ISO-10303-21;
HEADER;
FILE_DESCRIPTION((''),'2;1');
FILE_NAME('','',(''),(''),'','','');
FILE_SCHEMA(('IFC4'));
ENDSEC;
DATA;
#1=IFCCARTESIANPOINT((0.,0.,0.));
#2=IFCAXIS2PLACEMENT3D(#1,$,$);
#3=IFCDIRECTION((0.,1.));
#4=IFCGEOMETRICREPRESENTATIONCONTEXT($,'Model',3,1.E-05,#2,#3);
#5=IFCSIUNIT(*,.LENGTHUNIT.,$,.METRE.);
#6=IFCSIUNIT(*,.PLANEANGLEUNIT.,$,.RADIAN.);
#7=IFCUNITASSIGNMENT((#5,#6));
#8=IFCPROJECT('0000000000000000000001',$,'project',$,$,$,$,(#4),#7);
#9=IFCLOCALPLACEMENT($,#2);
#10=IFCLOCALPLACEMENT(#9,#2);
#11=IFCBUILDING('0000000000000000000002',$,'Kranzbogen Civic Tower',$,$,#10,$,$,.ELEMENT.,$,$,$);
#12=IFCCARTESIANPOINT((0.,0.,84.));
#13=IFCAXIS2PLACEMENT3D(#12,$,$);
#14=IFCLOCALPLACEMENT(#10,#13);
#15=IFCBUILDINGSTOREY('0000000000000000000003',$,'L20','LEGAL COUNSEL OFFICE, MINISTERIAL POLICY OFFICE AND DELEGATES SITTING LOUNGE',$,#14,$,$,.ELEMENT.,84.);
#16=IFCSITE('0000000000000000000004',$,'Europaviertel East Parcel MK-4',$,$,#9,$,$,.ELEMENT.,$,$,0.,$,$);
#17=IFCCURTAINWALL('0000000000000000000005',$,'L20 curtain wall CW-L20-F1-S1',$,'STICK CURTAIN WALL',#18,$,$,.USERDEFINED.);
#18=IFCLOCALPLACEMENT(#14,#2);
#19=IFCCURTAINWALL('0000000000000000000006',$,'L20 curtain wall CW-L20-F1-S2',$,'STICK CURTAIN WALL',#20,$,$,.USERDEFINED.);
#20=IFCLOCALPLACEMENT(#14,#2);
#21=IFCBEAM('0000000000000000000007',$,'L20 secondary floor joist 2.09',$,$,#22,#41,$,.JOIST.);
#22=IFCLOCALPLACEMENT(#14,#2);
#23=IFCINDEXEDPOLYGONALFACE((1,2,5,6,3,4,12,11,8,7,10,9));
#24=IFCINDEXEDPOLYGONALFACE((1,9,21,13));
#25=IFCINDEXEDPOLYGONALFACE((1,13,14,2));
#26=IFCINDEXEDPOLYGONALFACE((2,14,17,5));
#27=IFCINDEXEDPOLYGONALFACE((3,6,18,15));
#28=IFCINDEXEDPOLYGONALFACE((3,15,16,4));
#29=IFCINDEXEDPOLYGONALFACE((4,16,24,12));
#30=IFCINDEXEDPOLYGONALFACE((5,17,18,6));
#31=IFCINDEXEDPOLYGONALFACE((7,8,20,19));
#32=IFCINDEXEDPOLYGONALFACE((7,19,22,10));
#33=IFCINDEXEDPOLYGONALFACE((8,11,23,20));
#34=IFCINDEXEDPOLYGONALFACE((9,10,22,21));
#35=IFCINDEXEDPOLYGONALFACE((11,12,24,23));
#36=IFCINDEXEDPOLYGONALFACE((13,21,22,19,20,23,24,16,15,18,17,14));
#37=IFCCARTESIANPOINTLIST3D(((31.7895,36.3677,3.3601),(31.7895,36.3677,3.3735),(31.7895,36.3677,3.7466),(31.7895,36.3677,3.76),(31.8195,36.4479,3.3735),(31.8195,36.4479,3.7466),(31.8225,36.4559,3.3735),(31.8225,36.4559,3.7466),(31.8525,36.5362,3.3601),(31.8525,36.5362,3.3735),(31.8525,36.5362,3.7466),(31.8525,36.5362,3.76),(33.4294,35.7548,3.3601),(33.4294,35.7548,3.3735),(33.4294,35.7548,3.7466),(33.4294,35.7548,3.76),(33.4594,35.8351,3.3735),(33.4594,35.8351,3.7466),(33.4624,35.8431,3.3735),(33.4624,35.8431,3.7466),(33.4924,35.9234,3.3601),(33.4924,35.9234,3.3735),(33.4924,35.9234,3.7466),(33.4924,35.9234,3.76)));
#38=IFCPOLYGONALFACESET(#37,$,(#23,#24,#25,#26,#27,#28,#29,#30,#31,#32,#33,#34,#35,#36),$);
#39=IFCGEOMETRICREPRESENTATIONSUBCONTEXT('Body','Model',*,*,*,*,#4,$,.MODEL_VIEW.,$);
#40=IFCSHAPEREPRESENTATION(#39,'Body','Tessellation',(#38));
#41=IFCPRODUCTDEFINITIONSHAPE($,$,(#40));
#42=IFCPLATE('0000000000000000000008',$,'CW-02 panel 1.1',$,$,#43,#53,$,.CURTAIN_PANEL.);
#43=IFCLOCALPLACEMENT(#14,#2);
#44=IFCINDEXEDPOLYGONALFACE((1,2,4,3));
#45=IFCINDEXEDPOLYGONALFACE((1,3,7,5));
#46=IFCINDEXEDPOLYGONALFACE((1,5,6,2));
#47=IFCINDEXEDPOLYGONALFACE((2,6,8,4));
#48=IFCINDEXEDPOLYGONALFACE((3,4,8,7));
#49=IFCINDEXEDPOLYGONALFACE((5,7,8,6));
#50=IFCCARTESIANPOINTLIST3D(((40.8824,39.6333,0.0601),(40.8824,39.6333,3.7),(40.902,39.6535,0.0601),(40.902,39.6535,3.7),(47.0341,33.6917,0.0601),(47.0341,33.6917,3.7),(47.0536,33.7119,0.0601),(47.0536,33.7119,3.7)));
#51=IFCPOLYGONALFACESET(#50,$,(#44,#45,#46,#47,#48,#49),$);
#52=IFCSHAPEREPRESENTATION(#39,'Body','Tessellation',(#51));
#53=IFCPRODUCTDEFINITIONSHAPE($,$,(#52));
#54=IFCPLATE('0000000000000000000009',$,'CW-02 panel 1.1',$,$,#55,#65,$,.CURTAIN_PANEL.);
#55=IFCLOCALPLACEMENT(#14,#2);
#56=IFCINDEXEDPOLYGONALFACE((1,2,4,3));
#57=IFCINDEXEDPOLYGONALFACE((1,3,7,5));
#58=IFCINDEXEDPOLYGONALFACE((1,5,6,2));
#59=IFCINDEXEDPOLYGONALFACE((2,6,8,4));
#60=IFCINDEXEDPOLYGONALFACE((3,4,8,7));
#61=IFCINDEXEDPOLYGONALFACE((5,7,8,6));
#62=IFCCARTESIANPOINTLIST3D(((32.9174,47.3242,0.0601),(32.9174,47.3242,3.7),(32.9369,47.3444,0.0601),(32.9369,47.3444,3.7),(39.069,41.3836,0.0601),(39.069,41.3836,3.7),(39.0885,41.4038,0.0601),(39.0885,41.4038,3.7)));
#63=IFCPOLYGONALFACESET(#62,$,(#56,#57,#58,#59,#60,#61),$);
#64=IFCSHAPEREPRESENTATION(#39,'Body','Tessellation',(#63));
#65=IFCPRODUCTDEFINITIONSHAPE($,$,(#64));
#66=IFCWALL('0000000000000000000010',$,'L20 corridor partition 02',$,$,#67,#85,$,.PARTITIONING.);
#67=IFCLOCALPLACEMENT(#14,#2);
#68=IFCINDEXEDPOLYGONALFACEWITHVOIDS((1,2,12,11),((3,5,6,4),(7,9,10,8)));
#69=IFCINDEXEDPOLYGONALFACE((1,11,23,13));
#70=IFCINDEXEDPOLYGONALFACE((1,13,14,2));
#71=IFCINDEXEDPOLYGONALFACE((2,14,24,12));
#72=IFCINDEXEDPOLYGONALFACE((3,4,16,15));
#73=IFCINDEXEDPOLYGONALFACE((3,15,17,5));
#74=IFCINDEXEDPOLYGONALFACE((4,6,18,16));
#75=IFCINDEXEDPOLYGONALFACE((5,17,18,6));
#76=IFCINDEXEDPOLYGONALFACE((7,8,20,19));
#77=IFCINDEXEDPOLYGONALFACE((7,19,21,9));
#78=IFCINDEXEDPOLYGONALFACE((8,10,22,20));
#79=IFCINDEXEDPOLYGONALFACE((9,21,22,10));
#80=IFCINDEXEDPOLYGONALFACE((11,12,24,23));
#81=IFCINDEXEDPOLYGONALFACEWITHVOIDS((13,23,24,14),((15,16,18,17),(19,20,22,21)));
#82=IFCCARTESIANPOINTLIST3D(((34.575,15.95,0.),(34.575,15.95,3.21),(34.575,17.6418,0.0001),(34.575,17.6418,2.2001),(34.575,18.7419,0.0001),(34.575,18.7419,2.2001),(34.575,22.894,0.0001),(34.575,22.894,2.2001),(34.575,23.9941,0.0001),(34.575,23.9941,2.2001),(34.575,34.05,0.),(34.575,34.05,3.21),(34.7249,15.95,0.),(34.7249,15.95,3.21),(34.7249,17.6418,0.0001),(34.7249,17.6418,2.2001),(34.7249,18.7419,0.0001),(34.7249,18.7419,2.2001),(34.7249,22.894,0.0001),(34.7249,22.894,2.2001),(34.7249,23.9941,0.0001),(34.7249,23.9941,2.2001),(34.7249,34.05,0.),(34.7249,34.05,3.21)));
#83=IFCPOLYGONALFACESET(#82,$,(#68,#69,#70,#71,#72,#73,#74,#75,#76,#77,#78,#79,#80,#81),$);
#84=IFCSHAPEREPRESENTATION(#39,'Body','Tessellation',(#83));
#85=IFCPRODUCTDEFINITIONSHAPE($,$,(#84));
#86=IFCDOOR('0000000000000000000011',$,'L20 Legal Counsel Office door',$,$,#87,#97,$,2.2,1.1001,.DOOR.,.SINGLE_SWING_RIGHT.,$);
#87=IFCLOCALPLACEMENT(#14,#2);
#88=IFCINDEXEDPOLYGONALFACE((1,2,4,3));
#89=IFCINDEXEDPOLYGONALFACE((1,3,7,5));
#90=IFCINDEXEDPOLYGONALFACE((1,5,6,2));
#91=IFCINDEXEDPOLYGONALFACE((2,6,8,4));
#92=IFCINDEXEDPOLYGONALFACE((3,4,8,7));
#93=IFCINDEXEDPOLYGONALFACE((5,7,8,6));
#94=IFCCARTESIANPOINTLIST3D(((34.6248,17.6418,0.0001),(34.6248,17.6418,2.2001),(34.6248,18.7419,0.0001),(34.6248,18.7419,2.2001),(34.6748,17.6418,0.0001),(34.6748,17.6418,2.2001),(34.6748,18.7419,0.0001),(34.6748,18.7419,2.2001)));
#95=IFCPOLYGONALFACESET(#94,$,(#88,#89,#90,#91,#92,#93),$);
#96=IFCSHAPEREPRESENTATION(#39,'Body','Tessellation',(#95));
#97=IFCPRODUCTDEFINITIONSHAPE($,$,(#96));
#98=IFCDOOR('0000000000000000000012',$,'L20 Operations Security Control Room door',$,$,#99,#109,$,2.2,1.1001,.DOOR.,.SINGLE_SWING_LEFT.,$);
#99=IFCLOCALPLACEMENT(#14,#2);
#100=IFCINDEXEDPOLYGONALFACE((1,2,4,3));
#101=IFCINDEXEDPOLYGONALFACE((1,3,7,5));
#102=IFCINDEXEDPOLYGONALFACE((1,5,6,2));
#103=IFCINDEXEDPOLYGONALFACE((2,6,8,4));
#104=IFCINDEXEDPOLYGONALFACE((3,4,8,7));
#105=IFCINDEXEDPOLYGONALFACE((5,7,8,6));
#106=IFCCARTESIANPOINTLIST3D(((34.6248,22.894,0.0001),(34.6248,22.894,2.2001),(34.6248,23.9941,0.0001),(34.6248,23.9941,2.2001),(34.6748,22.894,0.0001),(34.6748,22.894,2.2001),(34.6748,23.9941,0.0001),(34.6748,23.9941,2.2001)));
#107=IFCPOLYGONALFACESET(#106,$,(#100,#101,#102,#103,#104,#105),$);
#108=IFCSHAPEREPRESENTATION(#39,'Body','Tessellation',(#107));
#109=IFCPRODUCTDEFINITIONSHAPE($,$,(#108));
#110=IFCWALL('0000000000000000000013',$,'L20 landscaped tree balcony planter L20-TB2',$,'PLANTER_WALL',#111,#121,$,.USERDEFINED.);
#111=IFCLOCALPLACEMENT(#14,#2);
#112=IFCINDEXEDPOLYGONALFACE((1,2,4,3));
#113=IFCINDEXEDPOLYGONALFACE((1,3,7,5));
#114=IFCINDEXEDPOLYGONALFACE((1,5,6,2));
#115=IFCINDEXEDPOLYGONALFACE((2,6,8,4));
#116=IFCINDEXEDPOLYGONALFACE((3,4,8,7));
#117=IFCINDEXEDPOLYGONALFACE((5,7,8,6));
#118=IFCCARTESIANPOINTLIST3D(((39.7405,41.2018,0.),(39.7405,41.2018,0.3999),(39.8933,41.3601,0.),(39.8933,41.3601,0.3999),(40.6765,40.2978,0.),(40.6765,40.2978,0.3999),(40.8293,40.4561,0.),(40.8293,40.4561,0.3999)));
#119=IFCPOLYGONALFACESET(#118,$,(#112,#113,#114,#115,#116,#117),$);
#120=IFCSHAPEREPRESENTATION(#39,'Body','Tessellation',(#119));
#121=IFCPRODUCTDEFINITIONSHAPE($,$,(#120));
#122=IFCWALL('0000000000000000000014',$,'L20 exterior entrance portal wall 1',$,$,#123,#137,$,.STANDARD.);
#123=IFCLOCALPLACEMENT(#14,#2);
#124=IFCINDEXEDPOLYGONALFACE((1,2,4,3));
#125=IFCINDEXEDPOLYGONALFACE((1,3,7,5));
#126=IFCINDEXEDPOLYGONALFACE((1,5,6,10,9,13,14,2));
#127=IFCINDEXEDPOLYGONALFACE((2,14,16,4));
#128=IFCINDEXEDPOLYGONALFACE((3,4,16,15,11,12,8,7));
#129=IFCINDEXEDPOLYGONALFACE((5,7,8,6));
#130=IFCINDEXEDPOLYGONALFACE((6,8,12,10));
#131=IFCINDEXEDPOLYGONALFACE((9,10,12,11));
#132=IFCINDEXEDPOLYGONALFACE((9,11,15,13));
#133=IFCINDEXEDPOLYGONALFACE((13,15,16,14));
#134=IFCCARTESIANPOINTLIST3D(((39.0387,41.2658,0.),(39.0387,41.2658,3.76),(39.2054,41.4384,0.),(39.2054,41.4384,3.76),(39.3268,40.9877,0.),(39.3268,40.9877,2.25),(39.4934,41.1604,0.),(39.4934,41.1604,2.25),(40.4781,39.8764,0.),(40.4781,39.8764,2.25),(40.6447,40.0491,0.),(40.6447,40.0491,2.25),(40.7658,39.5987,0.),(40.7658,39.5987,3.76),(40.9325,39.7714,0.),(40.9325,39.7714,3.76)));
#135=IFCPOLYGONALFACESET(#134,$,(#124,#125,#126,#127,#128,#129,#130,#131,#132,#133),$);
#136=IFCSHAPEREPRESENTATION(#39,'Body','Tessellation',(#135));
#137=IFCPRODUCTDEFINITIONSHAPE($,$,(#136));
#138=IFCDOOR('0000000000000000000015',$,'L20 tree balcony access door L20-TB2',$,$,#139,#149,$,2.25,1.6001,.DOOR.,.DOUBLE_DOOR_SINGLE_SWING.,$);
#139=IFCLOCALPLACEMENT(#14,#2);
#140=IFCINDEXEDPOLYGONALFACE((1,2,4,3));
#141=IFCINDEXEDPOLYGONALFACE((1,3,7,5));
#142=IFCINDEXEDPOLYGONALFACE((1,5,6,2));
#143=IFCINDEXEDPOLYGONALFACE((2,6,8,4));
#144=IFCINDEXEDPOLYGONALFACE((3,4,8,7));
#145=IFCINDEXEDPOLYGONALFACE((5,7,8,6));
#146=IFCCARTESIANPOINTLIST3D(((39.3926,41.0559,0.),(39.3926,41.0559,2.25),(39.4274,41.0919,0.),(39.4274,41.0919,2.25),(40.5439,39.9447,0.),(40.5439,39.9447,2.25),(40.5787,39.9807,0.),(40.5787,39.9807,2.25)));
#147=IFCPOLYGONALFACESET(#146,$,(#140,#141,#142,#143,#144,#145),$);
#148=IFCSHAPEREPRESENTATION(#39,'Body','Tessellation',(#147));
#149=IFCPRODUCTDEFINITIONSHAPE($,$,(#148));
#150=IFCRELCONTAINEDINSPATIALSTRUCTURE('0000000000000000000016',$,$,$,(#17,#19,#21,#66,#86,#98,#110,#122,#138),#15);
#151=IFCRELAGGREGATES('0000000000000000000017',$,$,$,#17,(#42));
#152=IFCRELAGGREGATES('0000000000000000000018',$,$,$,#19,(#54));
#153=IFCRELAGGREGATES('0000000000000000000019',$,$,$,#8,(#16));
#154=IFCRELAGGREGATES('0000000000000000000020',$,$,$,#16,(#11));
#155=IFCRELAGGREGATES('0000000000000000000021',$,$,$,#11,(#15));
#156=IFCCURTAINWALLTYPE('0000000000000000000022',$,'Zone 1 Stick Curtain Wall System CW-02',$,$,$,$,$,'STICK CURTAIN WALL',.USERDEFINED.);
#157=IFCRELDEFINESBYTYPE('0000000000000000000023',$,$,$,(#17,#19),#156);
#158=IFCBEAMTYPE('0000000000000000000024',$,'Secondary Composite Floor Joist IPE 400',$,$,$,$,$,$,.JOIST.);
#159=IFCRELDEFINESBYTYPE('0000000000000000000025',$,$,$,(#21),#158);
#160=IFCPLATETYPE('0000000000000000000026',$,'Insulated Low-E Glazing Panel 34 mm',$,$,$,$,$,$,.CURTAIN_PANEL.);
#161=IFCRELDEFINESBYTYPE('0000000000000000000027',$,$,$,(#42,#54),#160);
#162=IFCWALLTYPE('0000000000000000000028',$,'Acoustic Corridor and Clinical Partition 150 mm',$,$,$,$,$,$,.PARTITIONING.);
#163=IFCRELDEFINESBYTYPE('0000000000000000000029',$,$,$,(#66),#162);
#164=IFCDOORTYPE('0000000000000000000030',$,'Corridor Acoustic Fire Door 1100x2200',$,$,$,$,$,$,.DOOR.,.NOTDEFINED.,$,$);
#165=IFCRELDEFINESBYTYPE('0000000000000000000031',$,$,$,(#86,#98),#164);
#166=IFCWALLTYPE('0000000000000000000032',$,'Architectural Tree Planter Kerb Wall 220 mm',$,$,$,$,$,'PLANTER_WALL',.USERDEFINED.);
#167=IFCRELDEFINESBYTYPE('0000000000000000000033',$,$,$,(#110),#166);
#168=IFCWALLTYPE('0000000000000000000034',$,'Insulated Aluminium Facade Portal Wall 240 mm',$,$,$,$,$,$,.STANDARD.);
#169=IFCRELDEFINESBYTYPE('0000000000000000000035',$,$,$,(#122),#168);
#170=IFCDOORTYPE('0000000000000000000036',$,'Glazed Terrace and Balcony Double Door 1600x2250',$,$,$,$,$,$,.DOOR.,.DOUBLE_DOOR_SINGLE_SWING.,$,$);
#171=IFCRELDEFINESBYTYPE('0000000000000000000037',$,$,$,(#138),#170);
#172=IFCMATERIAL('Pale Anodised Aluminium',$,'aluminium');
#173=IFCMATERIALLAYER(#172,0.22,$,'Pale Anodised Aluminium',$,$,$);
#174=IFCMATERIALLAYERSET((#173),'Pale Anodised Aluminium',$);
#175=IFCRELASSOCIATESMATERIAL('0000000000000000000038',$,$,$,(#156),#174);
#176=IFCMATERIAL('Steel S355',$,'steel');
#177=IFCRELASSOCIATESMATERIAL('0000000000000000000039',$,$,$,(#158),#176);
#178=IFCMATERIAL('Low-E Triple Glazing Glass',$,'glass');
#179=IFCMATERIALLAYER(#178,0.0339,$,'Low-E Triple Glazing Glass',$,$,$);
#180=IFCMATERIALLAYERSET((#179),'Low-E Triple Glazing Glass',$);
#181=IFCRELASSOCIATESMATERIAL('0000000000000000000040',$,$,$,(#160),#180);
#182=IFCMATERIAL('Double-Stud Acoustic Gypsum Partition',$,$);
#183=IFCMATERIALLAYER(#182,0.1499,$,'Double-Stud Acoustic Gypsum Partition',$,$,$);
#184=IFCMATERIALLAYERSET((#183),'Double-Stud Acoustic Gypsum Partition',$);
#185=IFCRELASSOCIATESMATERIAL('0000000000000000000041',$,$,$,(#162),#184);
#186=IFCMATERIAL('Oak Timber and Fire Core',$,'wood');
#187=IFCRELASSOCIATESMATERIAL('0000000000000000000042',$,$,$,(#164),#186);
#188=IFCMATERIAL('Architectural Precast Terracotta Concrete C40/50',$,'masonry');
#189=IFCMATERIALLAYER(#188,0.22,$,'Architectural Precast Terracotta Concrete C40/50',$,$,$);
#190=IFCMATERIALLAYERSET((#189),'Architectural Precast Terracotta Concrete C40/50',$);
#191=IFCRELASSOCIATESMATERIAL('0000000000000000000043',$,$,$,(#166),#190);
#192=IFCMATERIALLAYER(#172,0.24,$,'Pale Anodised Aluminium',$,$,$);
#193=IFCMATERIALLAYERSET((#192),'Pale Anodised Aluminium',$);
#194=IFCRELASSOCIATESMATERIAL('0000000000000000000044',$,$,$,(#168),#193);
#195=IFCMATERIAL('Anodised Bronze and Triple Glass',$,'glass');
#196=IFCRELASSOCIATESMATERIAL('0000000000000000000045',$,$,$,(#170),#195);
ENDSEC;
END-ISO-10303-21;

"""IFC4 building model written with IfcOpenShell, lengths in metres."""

from ifc_helpers import new_model, si_unit, direction, frame, frame_2d, origin, origin_2d, place, context, subcontext, project, spatial, rectangle, i_section, extrude, material, layer, layer_set, material_profile, profile_set, type_object, element, fill, aggregate, save


model = new_model("IFC4")

# Units and contexts
model_context = context("Model", 3, precision=1e-05, world=origin(), true_north=direction((0.0, 1.0)))
body_context = subcontext(model_context, "Body", "Model", "MODEL_VIEW")
ifc_project = project(units=[si_unit("LENGTHUNIT", "METRE"), si_unit("PLANEANGLEUNIT", "RADIAN")], contexts=[model_context])

# Site, building, storey
site_placement = place(None, origin())
site = spatial("IfcSite", under=ifc_project, at=site_placement, Name="Europaviertel East Parcel MK-4", CompositionType="ELEMENT", RefElevation=0.0)
building_placement = place(site_placement, origin())
building = spatial("IfcBuilding", under=site, at=building_placement, Name="Kranzbogen Civic Tower", CompositionType="ELEMENT")
storey_placement = place(building_placement, frame((0.0, 0.0, 84.0)))
storey = spatial("IfcBuildingStorey", under=building, at=storey_placement, Name="L20", Description="LEGAL COUNSEL OFFICE, MINISTERIAL POLICY OFFICE AND DELEGATES SITTING LOUNGE", CompositionType="ELEMENT", Elevation=84.0)

# Shared definitions
ifc_material_1 = material(Name="Steel S355", Category="steel")

# Curtain wall
ifc_material_2 = material(Name="Pale Anodised Aluminium", Category="aluminium")
ifc_layer_1 = layer(ifc_material_2, 0.22, Name="Pale Anodised Aluminium")
ifc_layer_set_1 = layer_set([ifc_layer_1], Name="Pale Anodised Aluminium")
curtain_wall_type = type_object("IfcCurtainWallType", Name="Zone 1 Stick Curtain Wall System CW-02", ElementType="STICK CURTAIN WALL", PredefinedType="USERDEFINED", material=ifc_layer_set_1)
curtain_wall_1_placement = place(storey_placement, origin())
curtain_wall_1 = element("IfcCurtainWall", 1, at=curtain_wall_1_placement, inside=storey, type_object=curtain_wall_type, Name="L20 curtain wall CW-L20-F1-S1", ObjectType="STICK CURTAIN WALL", PredefinedType="USERDEFINED")

# Curtain wall
curtain_wall_2_placement = place(storey_placement, origin())
curtain_wall_2 = element("IfcCurtainWall", 2, at=curtain_wall_2_placement, inside=storey, type_object=curtain_wall_type, Name="L20 curtain wall CW-L20-F1-S2", ObjectType="STICK CURTAIN WALL", PredefinedType="USERDEFINED")

# Beam
ifc_material_profile_1 = material_profile(ifc_material_1, i_section(OverallWidth=0.1799, OverallDepth=0.3999, WebThickness=0.0085, FlangeThickness=0.0134, at=origin_2d()), Name="IPE 400")
ifc_profile_set_1 = profile_set([ifc_material_profile_1], Name="Steel S355")
beam_type_1 = type_object("IfcBeamType", Name="Secondary Composite Floor Joist IPE 400", PredefinedType="JOIST", material=ifc_profile_set_1)
beam_1_placement = place(storey_placement, frame((33.4609, 35.8391, 3.5601), z_axis=(-0.936735, 0.350038, 0.0), x_axis=(-0.350038, -0.936735, 0.0)))
element("IfcBeam", 3, at=beam_1_placement, inside=storey, type_object=beam_type_1, Name="L20 secondary floor joist 2.09", PredefinedType="JOIST", context=body_context, shape_type="SweptSolid", body=[
    extrude(i_section(OverallWidth=0.1799, OverallDepth=0.3999, WebThickness=0.0085, FlangeThickness=0.0134, at=origin_2d()), origin(), (0.0, 0.0, 1.0), 1.7507),
])

# Plates
ifc_material_3 = material(Name="Low-E Triple Glazing Glass", Category="glass")
ifc_layer_2 = layer(ifc_material_3, 0.0339, Name="Low-E Triple Glazing Glass")
ifc_layer_set_2 = layer_set([ifc_layer_2], Name="Low-E Triple Glazing Glass")
plate_type = type_object("IfcPlateType", Name="Insulated Low-E Glazing Panel 34 mm", PredefinedType="CURTAIN_PANEL", material=ifc_layer_set_2)
plate_1_placement = place(storey_placement, frame((43.968, 36.6726, 0.0601), z_axis=(0.0, 0.0, 1.0), x_axis=(-0.71928, 0.69472, 0.0)))
plate_1 = element("IfcPlate", 4, at=plate_1_placement, type_object=plate_type, Name="CW-02 panel 1.1", PredefinedType="CURTAIN_PANEL", context=body_context, shape_type="SweptSolid", body=[
    extrude(rectangle(XDim=8.5525, YDim=0.0281, at=origin_2d()), origin(), (0.0, 0.0, 1.0), 3.6399),
])
aggregate(curtain_wall_1, [plate_1])
plate_2_placement = place(storey_placement, frame((36.0029, 44.364, 0.0601), z_axis=(0.0, 0.0, 1.0), x_axis=(-0.719338, 0.69466, 0.0)))
plate_2 = element("IfcPlate", 5, at=plate_2_placement, type_object=plate_type, Name="CW-02 panel 1.1", PredefinedType="CURTAIN_PANEL", context=body_context, shape_type="SweptSolid", body=[
    extrude(rectangle(XDim=8.5518, YDim=0.0281, at=origin_2d()), origin(), (0.0, 0.0, 1.0), 3.6399),
])
aggregate(curtain_wall_2, [plate_2])

# Wall, openings, doors
ifc_material_4 = material(Name="Double-Stud Acoustic Gypsum Partition")
ifc_layer_3 = layer(ifc_material_4, 0.1499, Name="Double-Stud Acoustic Gypsum Partition")
ifc_layer_set_3 = layer_set([ifc_layer_3], Name="Double-Stud Acoustic Gypsum Partition")
wall_type_1 = type_object("IfcWallType", Name="Acoustic Corridor and Clinical Partition 150 mm", PredefinedType="PARTITIONING", material=ifc_layer_set_3)
wall_1_placement = place(storey_placement, frame((34.6499, 34.05, 0.0), z_axis=(0.0, 0.0, 1.0), x_axis=(0.0, -1.0, 0.0)))
wall_1 = element("IfcWall", 6, at=wall_1_placement, inside=storey, type_object=wall_type_1, Name="L20 corridor partition 02", PredefinedType="PARTITIONING", context=body_context, shape_type="SweptSolid", body=[
    extrude(rectangle(XDim=18.1001, YDim=0.1499, at=frame_2d((9.05, 0.0))), origin(), (0.0, 0.0, 1.0), 3.21),
])
opening_1_placement = place(wall_1_placement, frame((15.3081, 0.0, 0.0)))
opening_1 = element("IfcOpeningElement", 7, at=opening_1_placement, cuts=wall_1, PredefinedType="OPENING", context=body_context, shape_type="SweptSolid", body=[
    extrude(rectangle(XDim=1.1001, YDim=2.2, at=frame_2d((0.55, 1.1001))), frame((0.0, 0.085, 0.0), z_axis=(0.0, -1.0, 0.0), x_axis=(1.0, 0.0, 0.0)), (0.0, 0.0, 1.0), 0.1699),
])
opening_2_placement = place(wall_1_placement, frame((10.0559, 0.0, 0.0)))
opening_2 = element("IfcOpeningElement", 8, at=opening_2_placement, cuts=wall_1, PredefinedType="OPENING", context=body_context, shape_type="SweptSolid", body=[
    extrude(rectangle(XDim=1.1001, YDim=2.2, at=frame_2d((0.55, 1.1001))), frame((0.0, 0.085, 0.0), z_axis=(0.0, -1.0, 0.0), x_axis=(1.0, 0.0, 0.0)), (0.0, 0.0, 1.0), 0.1699),
])
ifc_material_5 = material(Name="Oak Timber and Fire Core", Category="wood")
door_type_1 = type_object("IfcDoorType", Name="Corridor Acoustic Fire Door 1100x2200", OperationType="NOTDEFINED", PredefinedType="DOOR", material=ifc_material_5)
door_1_placement = place(opening_1_placement, origin())
door_1 = element("IfcDoor", 9, at=door_1_placement, inside=storey, type_object=door_type_1, Name="L20 Legal Counsel Office door", OperationType="SINGLE_SWING_RIGHT", OverallHeight=2.2, OverallWidth=1.1001, PredefinedType="DOOR", context=body_context, shape_type="SweptSolid", body=[
    extrude(rectangle(XDim=1.1001, YDim=2.2, at=frame_2d((0.55, 1.1001))), frame((0.0, 0.0249, 0.0), z_axis=(0.0, -1.0, 0.0), x_axis=(1.0, 0.0, 0.0)), (0.0, 0.0, 1.0), 0.05),
])
fill(opening_1, door_1)
door_2_placement = place(opening_2_placement, origin())
door_2 = element("IfcDoor", 10, at=door_2_placement, inside=storey, type_object=door_type_1, Name="L20 Operations Security Control Room door", OperationType="SINGLE_SWING_LEFT", OverallHeight=2.2, OverallWidth=1.1001, PredefinedType="DOOR", context=body_context, shape_type="SweptSolid", body=[
    extrude(rectangle(XDim=1.1001, YDim=2.2, at=frame_2d((0.55, 1.1001))), frame((0.0, 0.0249, 0.0), z_axis=(0.0, -1.0, 0.0), x_axis=(1.0, 0.0, 0.0)), (0.0, 0.0, 1.0), 0.05),
])
fill(opening_2, door_2)

# Wall
ifc_material_6 = material(Name="Architectural Precast Terracotta Concrete C40/50", Category="masonry")
ifc_layer_4 = layer(ifc_material_6, 0.22, Name="Architectural Precast Terracotta Concrete C40/50")
ifc_layer_set_4 = layer_set([ifc_layer_4], Name="Architectural Precast Terracotta Concrete C40/50")
wall_type_2 = type_object("IfcWallType", Name="Architectural Tree Planter Kerb Wall 220 mm", ElementType="PLANTER_WALL", PredefinedType="USERDEFINED", material=ifc_layer_set_4)
wall_2_placement = place(storey_placement, frame((40.7529, 40.377, 0.0), z_axis=(0.0, 0.0, 1.0), x_axis=(-0.719288, 0.694712, 0.0)))
element("IfcWall", 11, at=wall_2_placement, inside=storey, type_object=wall_type_2, Name="L20 landscaped tree balcony planter L20-TB2", ObjectType="PLANTER_WALL", PredefinedType="USERDEFINED", context=body_context, shape_type="SweptSolid", body=[
    extrude(rectangle(XDim=1.3013, YDim=0.22, at=frame_2d((0.6506, 0.0))), origin(), (0.0, 0.0, 1.0), 0.3999),
])

# Wall, opening, door
ifc_layer_5 = layer(ifc_material_2, 0.24, Name="Pale Anodised Aluminium")
ifc_layer_set_5 = layer_set([ifc_layer_5], Name="Pale Anodised Aluminium")
wall_type_3 = type_object("IfcWallType", Name="Insulated Aluminium Facade Portal Wall 240 mm", PredefinedType="STANDARD", material=ifc_layer_set_5)
wall_3_placement = place(storey_placement, frame((40.8491, 39.6851, 0.0), z_axis=(0.0, 0.0, 1.0), x_axis=(-0.719507, 0.694486, 0.0)))
wall_3 = element("IfcWall", 12, at=wall_3_placement, inside=storey, type_object=wall_type_3, Name="L20 exterior entrance portal wall 1", PredefinedType="STANDARD", context=body_context, shape_type="SweptSolid", body=[
    extrude(rectangle(XDim=2.4004, YDim=0.24, at=frame_2d((1.2002, 0.0))), origin(), (0.0, 0.0, 1.0), 3.76),
])
opening_3_placement = place(wall_3_placement, frame((0.3999, 0.0, 0.0)))
opening_3 = element("IfcOpeningElement", 13, at=opening_3_placement, cuts=wall_3, PredefinedType="OPENING", context=body_context, shape_type="SweptSolid", body=[
    extrude(rectangle(XDim=1.6001, YDim=2.25, at=frame_2d((0.8, 1.125))), frame((0.0, 0.1299, 0.0), z_axis=(0.0, -1.0, 0.0), x_axis=(1.0, 0.0, 0.0)), (0.0, 0.0, 1.0), 0.26),
])
ifc_material_7 = material(Name="Anodised Bronze and Triple Glass", Category="glass")
door_type_2 = type_object("IfcDoorType", Name="Glazed Terrace and Balcony Double Door 1600x2250", OperationType="DOUBLE_DOOR_SINGLE_SWING", PredefinedType="DOOR", material=ifc_material_7)
door_3_placement = place(opening_3_placement, frame((1.6001, 0.0, 0.0), z_axis=(0.0, 0.0, 1.0), x_axis=(-1.0, 0.0, 0.0)))
door_3 = element("IfcDoor", 14, at=door_3_placement, inside=storey, type_object=door_type_2, Name="L20 tree balcony access door L20-TB2", OperationType="DOUBLE_DOOR_SINGLE_SWING", OverallHeight=2.25, OverallWidth=1.6001, PredefinedType="DOOR", context=body_context, shape_type="SweptSolid", body=[
    extrude(rectangle(XDim=1.6001, YDim=2.25, at=frame_2d((0.8, 1.125))), frame((0.0, 0.0249, 0.0), z_axis=(0.0, -1.0, 0.0), x_axis=(1.0, 0.0, 0.0)), (0.0, 0.0, 1.0), 0.05),
])
fill(opening_3, door_3)

save(model, "model.ifc")
